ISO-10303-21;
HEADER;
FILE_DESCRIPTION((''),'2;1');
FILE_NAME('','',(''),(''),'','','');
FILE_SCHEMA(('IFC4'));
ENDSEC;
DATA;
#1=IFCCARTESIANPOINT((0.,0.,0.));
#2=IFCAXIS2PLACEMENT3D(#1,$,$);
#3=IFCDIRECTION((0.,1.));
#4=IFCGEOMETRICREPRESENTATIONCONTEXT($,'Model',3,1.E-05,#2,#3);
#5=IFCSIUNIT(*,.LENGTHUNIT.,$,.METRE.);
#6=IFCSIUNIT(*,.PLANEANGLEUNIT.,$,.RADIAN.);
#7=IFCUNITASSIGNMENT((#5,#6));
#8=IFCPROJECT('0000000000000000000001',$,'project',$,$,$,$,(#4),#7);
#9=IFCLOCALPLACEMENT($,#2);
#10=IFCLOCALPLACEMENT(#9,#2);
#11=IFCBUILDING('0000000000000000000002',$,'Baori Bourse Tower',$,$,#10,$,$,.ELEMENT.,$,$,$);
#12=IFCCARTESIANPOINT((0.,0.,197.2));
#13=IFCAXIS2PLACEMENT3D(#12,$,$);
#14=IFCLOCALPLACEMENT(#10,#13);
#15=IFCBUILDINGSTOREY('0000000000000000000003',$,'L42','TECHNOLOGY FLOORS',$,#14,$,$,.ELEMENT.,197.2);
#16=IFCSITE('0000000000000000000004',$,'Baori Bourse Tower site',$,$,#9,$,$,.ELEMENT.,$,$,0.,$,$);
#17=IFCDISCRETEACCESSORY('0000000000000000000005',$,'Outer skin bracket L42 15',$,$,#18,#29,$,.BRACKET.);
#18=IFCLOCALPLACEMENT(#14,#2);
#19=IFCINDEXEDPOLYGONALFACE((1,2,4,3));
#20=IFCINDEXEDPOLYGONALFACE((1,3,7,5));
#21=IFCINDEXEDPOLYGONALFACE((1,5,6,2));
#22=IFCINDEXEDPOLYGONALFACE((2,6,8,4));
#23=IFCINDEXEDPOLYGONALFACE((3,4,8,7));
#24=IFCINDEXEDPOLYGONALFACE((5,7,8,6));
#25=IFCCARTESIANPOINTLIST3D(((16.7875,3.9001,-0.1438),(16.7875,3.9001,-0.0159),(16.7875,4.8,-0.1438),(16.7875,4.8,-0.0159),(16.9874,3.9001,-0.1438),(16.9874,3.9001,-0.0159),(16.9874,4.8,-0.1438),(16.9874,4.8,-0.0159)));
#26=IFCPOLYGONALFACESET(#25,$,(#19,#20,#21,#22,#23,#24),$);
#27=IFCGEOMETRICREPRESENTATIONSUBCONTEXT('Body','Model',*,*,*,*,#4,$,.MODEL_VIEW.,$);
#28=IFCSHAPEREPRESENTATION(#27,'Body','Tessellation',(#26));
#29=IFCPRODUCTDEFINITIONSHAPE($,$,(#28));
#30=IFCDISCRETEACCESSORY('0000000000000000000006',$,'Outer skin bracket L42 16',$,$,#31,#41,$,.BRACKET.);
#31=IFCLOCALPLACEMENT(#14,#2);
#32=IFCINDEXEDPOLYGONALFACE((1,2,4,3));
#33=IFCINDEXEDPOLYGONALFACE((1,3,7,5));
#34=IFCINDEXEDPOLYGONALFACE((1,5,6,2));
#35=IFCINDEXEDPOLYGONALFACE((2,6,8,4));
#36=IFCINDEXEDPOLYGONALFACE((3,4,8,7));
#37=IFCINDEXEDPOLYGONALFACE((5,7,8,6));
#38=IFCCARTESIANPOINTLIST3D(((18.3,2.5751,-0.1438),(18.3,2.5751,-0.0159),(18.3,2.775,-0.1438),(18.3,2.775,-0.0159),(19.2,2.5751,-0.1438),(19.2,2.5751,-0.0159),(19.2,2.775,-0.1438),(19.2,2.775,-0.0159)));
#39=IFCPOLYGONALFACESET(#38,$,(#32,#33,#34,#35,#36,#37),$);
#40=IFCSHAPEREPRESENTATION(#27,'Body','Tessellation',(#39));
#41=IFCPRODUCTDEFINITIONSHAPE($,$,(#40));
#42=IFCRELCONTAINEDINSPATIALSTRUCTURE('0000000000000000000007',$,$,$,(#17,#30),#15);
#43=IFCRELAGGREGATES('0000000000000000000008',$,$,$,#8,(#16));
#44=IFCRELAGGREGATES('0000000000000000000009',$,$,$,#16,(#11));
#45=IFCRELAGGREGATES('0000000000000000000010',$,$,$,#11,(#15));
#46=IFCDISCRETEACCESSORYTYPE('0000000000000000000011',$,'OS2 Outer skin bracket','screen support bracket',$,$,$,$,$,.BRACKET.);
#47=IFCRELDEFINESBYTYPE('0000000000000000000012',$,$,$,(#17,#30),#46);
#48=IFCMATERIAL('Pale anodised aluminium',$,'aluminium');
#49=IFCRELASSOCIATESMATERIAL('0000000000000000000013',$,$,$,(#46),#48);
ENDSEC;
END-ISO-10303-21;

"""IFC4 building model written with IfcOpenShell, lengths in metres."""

from ifc_helpers import new_model, si_unit, direction, frame, origin, origin_2d, place, context, subcontext, project, spatial, rectangle, extrude, material, type_object, element, save


model = new_model("IFC4")

# Units and contexts
model_context = context("Model", 3, precision=1e-05, world=origin(), true_north=direction((0.0, 1.0)))
body_context = subcontext(model_context, "Body", "Model", "MODEL_VIEW")
ifc_project = project(units=[si_unit("LENGTHUNIT", "METRE"), si_unit("PLANEANGLEUNIT", "RADIAN")], contexts=[model_context])

# Site, building, storey
site_placement = place(None, origin())
site = spatial("IfcSite", under=ifc_project, at=site_placement, Name="Baori Bourse Tower site", CompositionType="ELEMENT", RefElevation=0.0)
building_placement = place(site_placement, origin())
building = spatial("IfcBuilding", under=site, at=building_placement, Name="Baori Bourse Tower", CompositionType="ELEMENT")
storey_placement = place(building_placement, frame((0.0, 0.0, 197.2)))
storey = spatial("IfcBuildingStorey", under=building, at=storey_placement, Name="L42", Description="TECHNOLOGY FLOORS", CompositionType="ELEMENT", Elevation=197.2)

# Discrete accessories
ifc_material_1 = material(Name="Pale anodised aluminium", Category="aluminium")
discrete_accessory_type = type_object("IfcDiscreteAccessoryType", Name="OS2 Outer skin bracket", Description="screen support bracket", PredefinedType="BRACKET", material=ifc_material_1)
for number, where, z_axis, x_axis, name in (
    (1, (16.8875, 4.3501, -0.1438), (0.0, 0.0, 1.0), (1.0, 0.0, 0.0), "Outer skin bracket L42 15"),
    (2, (18.75, 2.675, -0.1438), (0.0, 0.0, 1.0), (0.0, -1.0, 0.0), "Outer skin bracket L42 16"),
):
    element("IfcDiscreteAccessory", number, at=place(storey_placement, frame(where, z_axis=z_axis, x_axis=x_axis)), inside=storey, type_object=discrete_accessory_type, Name=name, PredefinedType="BRACKET", context=body_context, shape_type="SweptSolid", body=[
        extrude(rectangle(XDim=0.2, YDim=0.8999, at=origin_2d()), origin(), (0.0, 0.0, 1.0), 0.1279),
    ])

save(model, "model.ifc")
